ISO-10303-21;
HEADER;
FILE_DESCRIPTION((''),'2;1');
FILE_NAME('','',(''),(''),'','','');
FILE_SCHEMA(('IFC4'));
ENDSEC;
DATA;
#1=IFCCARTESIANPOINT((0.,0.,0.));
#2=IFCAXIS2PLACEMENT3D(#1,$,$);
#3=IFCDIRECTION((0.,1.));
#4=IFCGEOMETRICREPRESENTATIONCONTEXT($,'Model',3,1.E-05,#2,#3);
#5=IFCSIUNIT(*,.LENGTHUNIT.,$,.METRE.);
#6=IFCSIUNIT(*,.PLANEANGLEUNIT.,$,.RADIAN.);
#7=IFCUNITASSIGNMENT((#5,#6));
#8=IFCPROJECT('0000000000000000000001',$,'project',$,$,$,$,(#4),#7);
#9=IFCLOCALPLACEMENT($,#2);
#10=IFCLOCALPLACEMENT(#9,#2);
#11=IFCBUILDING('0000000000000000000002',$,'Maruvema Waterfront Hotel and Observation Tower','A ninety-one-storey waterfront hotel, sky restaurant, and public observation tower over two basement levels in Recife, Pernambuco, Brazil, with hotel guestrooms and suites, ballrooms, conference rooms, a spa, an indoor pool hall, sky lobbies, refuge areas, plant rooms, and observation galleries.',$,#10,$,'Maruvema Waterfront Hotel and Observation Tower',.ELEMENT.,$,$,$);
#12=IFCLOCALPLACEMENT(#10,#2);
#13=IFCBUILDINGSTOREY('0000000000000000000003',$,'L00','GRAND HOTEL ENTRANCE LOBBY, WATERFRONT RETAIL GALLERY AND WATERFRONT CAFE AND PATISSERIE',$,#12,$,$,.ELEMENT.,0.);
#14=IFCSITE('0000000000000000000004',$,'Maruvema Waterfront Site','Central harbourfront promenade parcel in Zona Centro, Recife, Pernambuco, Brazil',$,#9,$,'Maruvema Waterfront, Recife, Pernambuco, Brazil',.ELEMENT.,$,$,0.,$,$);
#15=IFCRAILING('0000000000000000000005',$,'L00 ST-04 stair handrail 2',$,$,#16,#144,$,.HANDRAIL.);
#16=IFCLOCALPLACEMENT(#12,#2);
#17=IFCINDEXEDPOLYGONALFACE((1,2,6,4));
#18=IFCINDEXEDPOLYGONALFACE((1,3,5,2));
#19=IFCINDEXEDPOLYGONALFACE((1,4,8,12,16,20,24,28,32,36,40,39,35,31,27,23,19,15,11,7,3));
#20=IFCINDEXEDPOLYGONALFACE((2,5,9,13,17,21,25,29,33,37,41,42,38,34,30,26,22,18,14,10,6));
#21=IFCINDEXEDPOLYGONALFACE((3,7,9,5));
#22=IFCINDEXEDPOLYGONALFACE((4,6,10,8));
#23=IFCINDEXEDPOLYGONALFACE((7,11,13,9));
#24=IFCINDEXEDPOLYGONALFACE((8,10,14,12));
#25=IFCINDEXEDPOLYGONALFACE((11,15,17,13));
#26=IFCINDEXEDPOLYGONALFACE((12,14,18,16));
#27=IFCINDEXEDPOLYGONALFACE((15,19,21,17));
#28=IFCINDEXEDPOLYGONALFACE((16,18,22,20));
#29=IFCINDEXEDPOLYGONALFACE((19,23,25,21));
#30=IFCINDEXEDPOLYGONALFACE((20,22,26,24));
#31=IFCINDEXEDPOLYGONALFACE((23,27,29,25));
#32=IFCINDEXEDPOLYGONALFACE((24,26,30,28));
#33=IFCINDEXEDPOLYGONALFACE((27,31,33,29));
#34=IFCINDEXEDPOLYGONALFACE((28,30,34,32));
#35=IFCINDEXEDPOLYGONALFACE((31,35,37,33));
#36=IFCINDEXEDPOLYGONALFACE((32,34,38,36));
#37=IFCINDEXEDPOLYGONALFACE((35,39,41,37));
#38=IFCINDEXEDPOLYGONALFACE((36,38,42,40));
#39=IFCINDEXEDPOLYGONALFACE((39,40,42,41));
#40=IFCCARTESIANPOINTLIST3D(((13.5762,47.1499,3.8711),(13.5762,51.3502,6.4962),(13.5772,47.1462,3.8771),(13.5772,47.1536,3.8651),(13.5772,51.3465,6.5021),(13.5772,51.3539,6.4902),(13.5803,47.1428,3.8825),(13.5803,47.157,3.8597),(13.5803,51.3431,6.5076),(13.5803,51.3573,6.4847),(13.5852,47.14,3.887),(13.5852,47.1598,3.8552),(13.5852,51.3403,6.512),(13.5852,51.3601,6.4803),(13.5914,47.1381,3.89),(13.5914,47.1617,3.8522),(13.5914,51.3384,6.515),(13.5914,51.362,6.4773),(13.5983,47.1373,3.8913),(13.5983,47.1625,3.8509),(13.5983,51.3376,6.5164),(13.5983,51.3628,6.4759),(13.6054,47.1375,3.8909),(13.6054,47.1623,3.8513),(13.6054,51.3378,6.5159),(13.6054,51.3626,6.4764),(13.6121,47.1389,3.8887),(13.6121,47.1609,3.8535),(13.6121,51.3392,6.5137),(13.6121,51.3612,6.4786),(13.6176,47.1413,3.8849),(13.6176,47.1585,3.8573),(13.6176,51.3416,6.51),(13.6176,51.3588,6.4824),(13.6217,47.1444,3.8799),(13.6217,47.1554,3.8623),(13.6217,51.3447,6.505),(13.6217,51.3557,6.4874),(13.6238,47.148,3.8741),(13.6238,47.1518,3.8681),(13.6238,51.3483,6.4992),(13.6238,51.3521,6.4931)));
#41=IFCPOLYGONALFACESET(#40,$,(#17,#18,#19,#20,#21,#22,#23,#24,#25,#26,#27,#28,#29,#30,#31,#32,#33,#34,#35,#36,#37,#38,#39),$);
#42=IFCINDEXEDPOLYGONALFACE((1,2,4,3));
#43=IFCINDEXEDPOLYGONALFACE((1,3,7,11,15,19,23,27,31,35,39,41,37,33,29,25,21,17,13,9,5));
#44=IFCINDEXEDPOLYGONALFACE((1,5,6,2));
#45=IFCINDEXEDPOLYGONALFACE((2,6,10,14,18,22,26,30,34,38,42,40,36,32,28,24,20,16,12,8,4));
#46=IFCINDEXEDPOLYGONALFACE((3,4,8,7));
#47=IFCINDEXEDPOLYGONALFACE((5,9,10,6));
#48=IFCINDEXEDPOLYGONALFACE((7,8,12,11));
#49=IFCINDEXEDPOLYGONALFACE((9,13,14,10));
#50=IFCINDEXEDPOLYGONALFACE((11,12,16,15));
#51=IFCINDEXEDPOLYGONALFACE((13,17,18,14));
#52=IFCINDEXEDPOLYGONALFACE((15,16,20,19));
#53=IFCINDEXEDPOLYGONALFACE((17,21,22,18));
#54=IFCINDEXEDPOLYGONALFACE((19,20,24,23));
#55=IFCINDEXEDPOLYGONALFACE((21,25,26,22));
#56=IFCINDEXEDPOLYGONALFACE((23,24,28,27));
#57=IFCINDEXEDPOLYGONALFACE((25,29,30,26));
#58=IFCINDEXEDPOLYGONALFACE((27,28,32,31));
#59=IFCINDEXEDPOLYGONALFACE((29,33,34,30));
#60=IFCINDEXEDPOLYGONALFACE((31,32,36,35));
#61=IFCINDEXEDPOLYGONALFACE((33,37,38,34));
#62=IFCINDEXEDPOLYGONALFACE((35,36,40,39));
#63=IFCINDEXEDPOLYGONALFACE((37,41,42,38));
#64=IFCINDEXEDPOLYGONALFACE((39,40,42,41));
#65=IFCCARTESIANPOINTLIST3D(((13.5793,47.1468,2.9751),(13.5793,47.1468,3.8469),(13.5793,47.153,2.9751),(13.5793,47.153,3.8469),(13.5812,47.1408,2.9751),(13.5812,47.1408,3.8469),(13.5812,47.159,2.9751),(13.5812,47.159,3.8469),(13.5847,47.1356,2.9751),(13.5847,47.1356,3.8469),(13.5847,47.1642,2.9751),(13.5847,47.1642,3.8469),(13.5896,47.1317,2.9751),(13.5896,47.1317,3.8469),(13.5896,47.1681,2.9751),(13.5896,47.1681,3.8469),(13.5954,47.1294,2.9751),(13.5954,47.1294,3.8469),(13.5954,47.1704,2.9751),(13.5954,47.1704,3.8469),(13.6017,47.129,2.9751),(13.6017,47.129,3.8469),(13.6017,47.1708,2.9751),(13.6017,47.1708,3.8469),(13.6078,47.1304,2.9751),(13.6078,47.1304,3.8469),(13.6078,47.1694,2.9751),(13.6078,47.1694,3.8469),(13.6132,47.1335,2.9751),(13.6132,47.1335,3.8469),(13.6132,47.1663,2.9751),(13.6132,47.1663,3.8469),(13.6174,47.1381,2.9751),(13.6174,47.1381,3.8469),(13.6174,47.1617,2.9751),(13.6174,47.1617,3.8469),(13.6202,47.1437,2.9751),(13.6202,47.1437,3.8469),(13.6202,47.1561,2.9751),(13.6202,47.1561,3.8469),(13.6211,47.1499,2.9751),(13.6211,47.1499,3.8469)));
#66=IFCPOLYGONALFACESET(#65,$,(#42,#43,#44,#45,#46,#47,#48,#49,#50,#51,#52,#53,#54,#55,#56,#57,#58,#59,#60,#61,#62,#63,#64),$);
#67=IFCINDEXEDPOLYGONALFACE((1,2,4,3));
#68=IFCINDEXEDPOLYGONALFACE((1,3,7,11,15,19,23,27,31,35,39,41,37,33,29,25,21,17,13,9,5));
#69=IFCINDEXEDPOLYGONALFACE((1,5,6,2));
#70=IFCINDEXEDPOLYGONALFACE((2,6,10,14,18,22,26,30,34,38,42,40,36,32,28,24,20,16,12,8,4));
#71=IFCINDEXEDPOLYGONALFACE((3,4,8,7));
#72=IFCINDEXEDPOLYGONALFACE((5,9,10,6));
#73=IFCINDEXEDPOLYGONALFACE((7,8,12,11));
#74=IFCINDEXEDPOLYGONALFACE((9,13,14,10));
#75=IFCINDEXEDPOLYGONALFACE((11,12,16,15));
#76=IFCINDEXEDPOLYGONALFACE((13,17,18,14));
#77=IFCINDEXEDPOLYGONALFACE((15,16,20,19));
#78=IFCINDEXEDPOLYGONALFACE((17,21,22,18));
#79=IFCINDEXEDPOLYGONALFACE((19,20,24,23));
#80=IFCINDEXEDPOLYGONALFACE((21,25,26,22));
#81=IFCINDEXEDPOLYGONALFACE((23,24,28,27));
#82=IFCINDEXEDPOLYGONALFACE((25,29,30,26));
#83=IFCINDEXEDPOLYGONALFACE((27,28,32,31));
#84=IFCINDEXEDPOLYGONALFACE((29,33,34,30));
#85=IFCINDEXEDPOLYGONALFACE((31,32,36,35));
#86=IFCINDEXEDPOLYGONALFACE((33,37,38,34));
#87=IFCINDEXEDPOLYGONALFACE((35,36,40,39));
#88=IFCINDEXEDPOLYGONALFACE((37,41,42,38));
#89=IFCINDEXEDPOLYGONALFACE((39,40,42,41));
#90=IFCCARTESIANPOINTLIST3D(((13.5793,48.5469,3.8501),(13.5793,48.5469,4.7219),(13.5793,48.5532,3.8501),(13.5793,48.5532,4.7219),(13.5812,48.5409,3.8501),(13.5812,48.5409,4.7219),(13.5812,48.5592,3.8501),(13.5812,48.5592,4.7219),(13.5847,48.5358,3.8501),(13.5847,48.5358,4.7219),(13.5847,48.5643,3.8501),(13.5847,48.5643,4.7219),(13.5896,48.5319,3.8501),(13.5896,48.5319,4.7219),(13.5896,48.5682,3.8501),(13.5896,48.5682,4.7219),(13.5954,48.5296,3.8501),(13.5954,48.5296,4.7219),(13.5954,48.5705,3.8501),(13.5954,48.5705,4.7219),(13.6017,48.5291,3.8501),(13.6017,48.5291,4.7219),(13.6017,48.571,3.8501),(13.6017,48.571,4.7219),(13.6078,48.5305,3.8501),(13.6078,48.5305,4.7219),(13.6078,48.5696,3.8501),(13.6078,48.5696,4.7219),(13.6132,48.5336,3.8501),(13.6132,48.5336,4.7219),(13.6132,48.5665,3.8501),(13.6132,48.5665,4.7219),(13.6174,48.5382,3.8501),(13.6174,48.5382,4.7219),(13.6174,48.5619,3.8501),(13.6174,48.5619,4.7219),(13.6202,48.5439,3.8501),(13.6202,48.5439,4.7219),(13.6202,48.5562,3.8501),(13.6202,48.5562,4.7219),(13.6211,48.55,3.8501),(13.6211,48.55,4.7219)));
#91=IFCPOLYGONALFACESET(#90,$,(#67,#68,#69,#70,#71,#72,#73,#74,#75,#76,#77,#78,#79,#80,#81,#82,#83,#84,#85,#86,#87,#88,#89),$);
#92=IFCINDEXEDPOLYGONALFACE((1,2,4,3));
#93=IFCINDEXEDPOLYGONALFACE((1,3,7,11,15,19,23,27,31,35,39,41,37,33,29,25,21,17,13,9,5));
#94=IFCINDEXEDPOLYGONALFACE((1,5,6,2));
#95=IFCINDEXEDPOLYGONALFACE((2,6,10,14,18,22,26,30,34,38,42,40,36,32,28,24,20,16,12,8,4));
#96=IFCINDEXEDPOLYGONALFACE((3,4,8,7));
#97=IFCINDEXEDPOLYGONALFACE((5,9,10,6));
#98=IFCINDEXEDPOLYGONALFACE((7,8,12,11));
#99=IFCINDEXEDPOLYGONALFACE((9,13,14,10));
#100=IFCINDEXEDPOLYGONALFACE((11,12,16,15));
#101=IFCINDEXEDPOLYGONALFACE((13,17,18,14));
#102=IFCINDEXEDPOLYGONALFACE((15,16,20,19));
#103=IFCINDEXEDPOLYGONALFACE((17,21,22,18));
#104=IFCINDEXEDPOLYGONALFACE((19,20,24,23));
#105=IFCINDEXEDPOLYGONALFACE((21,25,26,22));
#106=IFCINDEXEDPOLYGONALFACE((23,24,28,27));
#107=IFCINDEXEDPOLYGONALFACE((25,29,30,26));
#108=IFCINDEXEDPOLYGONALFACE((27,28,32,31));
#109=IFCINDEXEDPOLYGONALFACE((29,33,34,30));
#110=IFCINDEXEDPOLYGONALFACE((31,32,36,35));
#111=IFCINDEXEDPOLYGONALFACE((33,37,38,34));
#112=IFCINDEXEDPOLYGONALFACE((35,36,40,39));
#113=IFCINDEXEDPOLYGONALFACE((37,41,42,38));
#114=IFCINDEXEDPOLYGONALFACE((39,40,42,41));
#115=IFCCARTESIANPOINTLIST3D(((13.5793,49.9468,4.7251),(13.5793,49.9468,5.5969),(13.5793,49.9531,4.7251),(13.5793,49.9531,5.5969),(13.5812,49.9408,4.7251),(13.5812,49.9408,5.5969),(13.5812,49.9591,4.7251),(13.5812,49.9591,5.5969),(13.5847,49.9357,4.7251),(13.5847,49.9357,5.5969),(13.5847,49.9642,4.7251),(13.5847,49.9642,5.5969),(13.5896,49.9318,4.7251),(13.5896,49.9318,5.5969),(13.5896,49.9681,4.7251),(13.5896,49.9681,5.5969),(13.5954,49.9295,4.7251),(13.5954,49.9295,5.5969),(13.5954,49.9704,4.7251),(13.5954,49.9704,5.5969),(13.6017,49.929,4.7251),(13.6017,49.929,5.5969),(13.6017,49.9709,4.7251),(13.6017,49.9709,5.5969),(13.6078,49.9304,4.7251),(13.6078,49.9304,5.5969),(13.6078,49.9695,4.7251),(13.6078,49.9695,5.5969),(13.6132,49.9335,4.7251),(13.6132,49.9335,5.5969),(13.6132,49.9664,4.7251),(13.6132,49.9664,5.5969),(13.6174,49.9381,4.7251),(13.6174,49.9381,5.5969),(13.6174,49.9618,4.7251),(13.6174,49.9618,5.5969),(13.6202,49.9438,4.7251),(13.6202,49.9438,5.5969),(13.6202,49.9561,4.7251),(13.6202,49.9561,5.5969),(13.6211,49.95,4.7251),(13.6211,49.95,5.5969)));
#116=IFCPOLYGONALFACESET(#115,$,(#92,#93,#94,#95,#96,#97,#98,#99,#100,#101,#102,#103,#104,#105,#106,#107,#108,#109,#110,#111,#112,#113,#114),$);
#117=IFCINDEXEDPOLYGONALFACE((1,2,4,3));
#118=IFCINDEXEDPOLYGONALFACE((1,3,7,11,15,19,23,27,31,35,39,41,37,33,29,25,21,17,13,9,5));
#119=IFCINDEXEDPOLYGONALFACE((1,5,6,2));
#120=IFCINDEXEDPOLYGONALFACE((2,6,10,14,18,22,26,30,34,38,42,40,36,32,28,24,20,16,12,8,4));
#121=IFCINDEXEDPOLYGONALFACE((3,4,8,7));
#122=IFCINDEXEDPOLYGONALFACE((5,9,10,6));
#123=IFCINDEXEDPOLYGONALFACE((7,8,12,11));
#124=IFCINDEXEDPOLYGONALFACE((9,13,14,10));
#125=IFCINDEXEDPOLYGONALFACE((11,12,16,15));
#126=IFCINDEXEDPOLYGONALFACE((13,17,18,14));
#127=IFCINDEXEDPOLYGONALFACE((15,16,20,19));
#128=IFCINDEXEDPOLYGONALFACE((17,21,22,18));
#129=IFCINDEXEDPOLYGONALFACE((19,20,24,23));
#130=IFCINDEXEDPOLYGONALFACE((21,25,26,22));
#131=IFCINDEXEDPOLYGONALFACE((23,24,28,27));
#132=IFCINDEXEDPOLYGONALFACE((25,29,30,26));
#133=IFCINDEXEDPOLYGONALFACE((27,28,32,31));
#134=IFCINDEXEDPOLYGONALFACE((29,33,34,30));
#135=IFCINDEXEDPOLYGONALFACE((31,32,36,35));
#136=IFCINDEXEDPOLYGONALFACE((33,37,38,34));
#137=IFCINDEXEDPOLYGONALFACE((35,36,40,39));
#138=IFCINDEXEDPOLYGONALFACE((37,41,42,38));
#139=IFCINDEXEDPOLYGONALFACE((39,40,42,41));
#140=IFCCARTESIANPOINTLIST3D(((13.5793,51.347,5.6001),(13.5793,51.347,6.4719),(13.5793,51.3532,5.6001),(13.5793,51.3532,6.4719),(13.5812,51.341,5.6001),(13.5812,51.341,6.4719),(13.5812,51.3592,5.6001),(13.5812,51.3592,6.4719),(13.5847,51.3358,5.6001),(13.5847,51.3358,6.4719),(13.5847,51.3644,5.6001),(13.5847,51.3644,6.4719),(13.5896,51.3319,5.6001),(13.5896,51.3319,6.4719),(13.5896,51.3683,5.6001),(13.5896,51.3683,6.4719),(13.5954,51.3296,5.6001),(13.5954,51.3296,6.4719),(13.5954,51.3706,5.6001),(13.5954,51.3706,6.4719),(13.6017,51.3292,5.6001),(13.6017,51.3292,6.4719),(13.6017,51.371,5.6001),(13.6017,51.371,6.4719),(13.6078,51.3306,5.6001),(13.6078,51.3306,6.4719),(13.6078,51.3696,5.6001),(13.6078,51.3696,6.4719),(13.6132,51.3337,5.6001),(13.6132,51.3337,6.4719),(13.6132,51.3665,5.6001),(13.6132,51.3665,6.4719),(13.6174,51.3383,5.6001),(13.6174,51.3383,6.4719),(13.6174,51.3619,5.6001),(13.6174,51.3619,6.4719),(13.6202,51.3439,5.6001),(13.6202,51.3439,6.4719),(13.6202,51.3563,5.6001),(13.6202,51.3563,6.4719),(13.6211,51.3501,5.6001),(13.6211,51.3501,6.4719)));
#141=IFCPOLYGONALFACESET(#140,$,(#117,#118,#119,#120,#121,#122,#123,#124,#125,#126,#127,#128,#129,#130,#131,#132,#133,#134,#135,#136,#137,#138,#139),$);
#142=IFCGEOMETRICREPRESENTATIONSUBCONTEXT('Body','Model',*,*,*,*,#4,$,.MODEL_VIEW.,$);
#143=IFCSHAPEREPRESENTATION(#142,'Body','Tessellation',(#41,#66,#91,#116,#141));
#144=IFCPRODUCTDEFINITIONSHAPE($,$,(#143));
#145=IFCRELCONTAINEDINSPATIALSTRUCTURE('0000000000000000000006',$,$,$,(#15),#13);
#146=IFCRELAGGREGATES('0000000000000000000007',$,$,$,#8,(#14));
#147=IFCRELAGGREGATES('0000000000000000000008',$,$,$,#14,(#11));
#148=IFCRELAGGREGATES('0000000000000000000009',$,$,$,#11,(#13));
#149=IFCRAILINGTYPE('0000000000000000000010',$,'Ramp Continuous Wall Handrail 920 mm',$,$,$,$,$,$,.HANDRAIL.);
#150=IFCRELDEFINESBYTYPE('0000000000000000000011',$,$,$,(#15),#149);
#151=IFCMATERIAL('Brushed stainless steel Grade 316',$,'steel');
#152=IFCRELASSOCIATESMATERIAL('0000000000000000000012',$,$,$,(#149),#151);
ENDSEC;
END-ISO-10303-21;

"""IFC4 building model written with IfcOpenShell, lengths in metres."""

from ifc_helpers import new_model, si_unit, direction, frame, origin, origin_2d, place, context, subcontext, project, spatial, circle, extrude, material, type_object, element, save


model = new_model("IFC4")

# Units and contexts
model_context = context("Model", 3, precision=1e-05, world=origin(), true_north=direction((0.0, 1.0)))
body_context = subcontext(model_context, "Body", "Model", "MODEL_VIEW")
ifc_project = project(units=[si_unit("LENGTHUNIT", "METRE"), si_unit("PLANEANGLEUNIT", "RADIAN")], contexts=[model_context])

# Site, building, storey
site_placement = place(None, origin())
site = spatial("IfcSite", under=ifc_project, at=site_placement, Name="Maruvema Waterfront Site", Description="Central harbourfront promenade parcel in Zona Centro, Recife, Pernambuco, Brazil", LongName="Maruvema Waterfront, Recife, Pernambuco, Brazil", CompositionType="ELEMENT", RefElevation=0.0)
building_placement = place(site_placement, origin())
building = spatial("IfcBuilding", under=site, at=building_placement, Name="Maruvema Waterfront Hotel and Observation Tower", Description="A ninety-one-storey waterfront hotel, sky restaurant, and public observation tower over two basement levels in Recife, Pernambuco, Brazil, with hotel guestrooms and suites, ballrooms, conference rooms, a spa, an indoor pool hall, sky lobbies, refuge areas, plant rooms, and observation galleries.", LongName="Maruvema Waterfront Hotel and Observation Tower", CompositionType="ELEMENT")
storey_placement = place(building_placement, origin())
storey = spatial("IfcBuildingStorey", under=building, at=storey_placement, Name="L00", Description="GRAND HOTEL ENTRANCE LOBBY, WATERFRONT RETAIL GALLERY AND WATERFRONT CAFE AND PATISSERIE", CompositionType="ELEMENT", Elevation=0.0)

# Railing
ifc_material_1 = material(Name="Brushed stainless steel Grade 316", Category="steel")
railing_type_1 = type_object("IfcRailingType", Name="Ramp Continuous Wall Handrail 920 mm", PredefinedType="HANDRAIL", material=ifc_material_1)
railing_1_placement = place(storey_placement, frame((13.6001, 47.1499, 2.9751)))
element("IfcRailing", 1, at=railing_1_placement, inside=storey, type_object=railing_type_1, Name="L00 ST-04 stair handrail 2", PredefinedType="HANDRAIL", context=body_context, shape_type="SweptSolid", body=[
    extrude(circle(Radius=0.0239, at=origin_2d()), frame((0.0, 0.0, 0.896), z_axis=(0.0, 0.848009, 0.529981), x_axis=(-1.0, 0.0, 0.0)), (0.0, 0.0, 1.0), 4.9531),
    extrude(circle(Radius=0.021, at=origin_2d()), origin(), (0.0, 0.0, 1.0), 0.8718),
    extrude(circle(Radius=0.021, at=origin_2d()), frame((0.0, 1.4001, 0.875)), (0.0, 0.0, 1.0), 0.8718),
    extrude(circle(Radius=0.021, at=origin_2d()), frame((0.0, 2.8, 1.75)), (0.0, 0.0, 1.0), 0.8718),
    extrude(circle(Radius=0.021, at=origin_2d()), frame((0.0, 4.2002, 2.625)), (0.0, 0.0, 1.0), 0.8718),
])

save(model, "model.ifc")
